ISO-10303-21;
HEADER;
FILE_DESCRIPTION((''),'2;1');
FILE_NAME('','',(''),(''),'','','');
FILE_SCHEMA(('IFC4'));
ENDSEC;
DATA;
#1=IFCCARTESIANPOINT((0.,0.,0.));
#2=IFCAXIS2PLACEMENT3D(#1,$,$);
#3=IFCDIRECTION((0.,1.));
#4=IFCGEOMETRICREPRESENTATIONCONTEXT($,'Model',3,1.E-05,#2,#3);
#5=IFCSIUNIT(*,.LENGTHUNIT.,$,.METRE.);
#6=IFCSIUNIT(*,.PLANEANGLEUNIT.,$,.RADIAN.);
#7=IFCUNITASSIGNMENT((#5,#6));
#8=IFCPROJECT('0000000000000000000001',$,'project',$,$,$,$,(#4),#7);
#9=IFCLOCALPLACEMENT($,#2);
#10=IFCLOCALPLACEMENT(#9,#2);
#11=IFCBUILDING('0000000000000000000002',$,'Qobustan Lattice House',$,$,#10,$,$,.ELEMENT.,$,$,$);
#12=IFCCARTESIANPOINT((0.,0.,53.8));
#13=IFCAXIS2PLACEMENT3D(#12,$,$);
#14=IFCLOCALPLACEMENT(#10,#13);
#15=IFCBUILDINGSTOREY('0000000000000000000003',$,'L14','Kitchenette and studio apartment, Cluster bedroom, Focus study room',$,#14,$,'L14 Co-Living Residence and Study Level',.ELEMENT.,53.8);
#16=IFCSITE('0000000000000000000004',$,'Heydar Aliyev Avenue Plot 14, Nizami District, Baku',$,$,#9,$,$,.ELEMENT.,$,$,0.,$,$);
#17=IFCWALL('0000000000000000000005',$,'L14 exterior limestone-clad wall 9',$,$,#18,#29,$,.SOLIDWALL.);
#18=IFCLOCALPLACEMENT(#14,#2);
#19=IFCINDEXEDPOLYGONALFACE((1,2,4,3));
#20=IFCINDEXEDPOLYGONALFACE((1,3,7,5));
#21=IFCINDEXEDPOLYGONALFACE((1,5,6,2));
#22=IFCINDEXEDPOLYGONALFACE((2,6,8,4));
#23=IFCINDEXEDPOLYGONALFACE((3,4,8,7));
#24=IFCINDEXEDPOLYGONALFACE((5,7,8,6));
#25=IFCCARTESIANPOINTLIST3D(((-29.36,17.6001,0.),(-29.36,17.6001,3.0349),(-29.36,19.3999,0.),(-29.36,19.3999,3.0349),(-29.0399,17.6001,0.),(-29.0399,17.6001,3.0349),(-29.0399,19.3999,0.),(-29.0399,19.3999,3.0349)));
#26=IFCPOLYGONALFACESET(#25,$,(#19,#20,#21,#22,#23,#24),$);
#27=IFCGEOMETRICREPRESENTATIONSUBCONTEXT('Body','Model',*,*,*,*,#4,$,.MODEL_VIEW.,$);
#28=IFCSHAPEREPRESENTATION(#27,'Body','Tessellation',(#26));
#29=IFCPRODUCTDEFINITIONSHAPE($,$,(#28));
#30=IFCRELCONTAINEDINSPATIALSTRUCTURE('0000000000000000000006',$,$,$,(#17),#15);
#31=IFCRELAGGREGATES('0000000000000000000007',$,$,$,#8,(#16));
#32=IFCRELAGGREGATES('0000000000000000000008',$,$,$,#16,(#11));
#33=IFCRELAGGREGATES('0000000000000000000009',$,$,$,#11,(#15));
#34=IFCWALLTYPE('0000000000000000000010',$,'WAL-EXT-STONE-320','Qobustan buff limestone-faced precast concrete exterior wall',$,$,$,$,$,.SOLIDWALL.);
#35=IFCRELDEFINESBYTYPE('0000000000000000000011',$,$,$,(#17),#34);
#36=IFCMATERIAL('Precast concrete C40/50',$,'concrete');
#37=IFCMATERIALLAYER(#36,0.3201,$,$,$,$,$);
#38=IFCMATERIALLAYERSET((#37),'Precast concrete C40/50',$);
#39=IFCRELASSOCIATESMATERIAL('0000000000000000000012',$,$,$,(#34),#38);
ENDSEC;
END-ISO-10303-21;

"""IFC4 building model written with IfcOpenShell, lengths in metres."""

from ifc_helpers import new_model, si_unit, direction, frame, frame_2d, origin, place, context, subcontext, project, spatial, rectangle, extrude, material, layer, layer_set, type_object, element, save


model = new_model("IFC4")

# Units and contexts
model_context = context("Model", 3, precision=1e-05, world=origin(), true_north=direction((0.0, 1.0)))
body_context = subcontext(model_context, "Body", "Model", "MODEL_VIEW")
ifc_project = project(units=[si_unit("LENGTHUNIT", "METRE"), si_unit("PLANEANGLEUNIT", "RADIAN")], contexts=[model_context])

# Site, building, storey
site_placement = place(None, origin())
site = spatial("IfcSite", under=ifc_project, at=site_placement, Name="Heydar Aliyev Avenue Plot 14, Nizami District, Baku", CompositionType="ELEMENT", RefElevation=0.0)
building_placement = place(site_placement, origin())
building = spatial("IfcBuilding", under=site, at=building_placement, Name="Qobustan Lattice House", CompositionType="ELEMENT")
storey_placement = place(building_placement, frame((0.0, 0.0, 53.8)))
storey = spatial("IfcBuildingStorey", under=building, at=storey_placement, Name="L14", Description="Kitchenette and studio apartment, Cluster bedroom, Focus study room", LongName="L14 Co-Living Residence and Study Level", CompositionType="ELEMENT", Elevation=53.8)

# Wall
ifc_material_1 = material(Name="Precast concrete C40/50", Category="concrete")
ifc_layer_1 = layer(ifc_material_1, 0.3201)
ifc_layer_set_1 = layer_set([ifc_layer_1], Name="Precast concrete C40/50")
wall_type = type_object("IfcWallType", Name="WAL-EXT-STONE-320", Description="Qobustan buff limestone-faced precast concrete exterior wall", PredefinedType="SOLIDWALL", material=ifc_layer_set_1)
wall_1_placement = place(storey_placement, frame((-29.2, 17.6001, 0.0), z_axis=(0.0, 0.0, 1.0), x_axis=(0.0, 1.0, 0.0)))
element("IfcWall", 1, at=wall_1_placement, inside=storey, type_object=wall_type, Name="L14 exterior limestone-clad wall 9", PredefinedType="SOLIDWALL", context=body_context, shape_type="SweptSolid", body=[
    extrude(rectangle(XDim=1.7998, YDim=0.3201, at=frame_2d((0.8999, 0.0))), origin(), (0.0, 0.0, 1.0), 3.0349),
])

save(model, "model.ifc")
